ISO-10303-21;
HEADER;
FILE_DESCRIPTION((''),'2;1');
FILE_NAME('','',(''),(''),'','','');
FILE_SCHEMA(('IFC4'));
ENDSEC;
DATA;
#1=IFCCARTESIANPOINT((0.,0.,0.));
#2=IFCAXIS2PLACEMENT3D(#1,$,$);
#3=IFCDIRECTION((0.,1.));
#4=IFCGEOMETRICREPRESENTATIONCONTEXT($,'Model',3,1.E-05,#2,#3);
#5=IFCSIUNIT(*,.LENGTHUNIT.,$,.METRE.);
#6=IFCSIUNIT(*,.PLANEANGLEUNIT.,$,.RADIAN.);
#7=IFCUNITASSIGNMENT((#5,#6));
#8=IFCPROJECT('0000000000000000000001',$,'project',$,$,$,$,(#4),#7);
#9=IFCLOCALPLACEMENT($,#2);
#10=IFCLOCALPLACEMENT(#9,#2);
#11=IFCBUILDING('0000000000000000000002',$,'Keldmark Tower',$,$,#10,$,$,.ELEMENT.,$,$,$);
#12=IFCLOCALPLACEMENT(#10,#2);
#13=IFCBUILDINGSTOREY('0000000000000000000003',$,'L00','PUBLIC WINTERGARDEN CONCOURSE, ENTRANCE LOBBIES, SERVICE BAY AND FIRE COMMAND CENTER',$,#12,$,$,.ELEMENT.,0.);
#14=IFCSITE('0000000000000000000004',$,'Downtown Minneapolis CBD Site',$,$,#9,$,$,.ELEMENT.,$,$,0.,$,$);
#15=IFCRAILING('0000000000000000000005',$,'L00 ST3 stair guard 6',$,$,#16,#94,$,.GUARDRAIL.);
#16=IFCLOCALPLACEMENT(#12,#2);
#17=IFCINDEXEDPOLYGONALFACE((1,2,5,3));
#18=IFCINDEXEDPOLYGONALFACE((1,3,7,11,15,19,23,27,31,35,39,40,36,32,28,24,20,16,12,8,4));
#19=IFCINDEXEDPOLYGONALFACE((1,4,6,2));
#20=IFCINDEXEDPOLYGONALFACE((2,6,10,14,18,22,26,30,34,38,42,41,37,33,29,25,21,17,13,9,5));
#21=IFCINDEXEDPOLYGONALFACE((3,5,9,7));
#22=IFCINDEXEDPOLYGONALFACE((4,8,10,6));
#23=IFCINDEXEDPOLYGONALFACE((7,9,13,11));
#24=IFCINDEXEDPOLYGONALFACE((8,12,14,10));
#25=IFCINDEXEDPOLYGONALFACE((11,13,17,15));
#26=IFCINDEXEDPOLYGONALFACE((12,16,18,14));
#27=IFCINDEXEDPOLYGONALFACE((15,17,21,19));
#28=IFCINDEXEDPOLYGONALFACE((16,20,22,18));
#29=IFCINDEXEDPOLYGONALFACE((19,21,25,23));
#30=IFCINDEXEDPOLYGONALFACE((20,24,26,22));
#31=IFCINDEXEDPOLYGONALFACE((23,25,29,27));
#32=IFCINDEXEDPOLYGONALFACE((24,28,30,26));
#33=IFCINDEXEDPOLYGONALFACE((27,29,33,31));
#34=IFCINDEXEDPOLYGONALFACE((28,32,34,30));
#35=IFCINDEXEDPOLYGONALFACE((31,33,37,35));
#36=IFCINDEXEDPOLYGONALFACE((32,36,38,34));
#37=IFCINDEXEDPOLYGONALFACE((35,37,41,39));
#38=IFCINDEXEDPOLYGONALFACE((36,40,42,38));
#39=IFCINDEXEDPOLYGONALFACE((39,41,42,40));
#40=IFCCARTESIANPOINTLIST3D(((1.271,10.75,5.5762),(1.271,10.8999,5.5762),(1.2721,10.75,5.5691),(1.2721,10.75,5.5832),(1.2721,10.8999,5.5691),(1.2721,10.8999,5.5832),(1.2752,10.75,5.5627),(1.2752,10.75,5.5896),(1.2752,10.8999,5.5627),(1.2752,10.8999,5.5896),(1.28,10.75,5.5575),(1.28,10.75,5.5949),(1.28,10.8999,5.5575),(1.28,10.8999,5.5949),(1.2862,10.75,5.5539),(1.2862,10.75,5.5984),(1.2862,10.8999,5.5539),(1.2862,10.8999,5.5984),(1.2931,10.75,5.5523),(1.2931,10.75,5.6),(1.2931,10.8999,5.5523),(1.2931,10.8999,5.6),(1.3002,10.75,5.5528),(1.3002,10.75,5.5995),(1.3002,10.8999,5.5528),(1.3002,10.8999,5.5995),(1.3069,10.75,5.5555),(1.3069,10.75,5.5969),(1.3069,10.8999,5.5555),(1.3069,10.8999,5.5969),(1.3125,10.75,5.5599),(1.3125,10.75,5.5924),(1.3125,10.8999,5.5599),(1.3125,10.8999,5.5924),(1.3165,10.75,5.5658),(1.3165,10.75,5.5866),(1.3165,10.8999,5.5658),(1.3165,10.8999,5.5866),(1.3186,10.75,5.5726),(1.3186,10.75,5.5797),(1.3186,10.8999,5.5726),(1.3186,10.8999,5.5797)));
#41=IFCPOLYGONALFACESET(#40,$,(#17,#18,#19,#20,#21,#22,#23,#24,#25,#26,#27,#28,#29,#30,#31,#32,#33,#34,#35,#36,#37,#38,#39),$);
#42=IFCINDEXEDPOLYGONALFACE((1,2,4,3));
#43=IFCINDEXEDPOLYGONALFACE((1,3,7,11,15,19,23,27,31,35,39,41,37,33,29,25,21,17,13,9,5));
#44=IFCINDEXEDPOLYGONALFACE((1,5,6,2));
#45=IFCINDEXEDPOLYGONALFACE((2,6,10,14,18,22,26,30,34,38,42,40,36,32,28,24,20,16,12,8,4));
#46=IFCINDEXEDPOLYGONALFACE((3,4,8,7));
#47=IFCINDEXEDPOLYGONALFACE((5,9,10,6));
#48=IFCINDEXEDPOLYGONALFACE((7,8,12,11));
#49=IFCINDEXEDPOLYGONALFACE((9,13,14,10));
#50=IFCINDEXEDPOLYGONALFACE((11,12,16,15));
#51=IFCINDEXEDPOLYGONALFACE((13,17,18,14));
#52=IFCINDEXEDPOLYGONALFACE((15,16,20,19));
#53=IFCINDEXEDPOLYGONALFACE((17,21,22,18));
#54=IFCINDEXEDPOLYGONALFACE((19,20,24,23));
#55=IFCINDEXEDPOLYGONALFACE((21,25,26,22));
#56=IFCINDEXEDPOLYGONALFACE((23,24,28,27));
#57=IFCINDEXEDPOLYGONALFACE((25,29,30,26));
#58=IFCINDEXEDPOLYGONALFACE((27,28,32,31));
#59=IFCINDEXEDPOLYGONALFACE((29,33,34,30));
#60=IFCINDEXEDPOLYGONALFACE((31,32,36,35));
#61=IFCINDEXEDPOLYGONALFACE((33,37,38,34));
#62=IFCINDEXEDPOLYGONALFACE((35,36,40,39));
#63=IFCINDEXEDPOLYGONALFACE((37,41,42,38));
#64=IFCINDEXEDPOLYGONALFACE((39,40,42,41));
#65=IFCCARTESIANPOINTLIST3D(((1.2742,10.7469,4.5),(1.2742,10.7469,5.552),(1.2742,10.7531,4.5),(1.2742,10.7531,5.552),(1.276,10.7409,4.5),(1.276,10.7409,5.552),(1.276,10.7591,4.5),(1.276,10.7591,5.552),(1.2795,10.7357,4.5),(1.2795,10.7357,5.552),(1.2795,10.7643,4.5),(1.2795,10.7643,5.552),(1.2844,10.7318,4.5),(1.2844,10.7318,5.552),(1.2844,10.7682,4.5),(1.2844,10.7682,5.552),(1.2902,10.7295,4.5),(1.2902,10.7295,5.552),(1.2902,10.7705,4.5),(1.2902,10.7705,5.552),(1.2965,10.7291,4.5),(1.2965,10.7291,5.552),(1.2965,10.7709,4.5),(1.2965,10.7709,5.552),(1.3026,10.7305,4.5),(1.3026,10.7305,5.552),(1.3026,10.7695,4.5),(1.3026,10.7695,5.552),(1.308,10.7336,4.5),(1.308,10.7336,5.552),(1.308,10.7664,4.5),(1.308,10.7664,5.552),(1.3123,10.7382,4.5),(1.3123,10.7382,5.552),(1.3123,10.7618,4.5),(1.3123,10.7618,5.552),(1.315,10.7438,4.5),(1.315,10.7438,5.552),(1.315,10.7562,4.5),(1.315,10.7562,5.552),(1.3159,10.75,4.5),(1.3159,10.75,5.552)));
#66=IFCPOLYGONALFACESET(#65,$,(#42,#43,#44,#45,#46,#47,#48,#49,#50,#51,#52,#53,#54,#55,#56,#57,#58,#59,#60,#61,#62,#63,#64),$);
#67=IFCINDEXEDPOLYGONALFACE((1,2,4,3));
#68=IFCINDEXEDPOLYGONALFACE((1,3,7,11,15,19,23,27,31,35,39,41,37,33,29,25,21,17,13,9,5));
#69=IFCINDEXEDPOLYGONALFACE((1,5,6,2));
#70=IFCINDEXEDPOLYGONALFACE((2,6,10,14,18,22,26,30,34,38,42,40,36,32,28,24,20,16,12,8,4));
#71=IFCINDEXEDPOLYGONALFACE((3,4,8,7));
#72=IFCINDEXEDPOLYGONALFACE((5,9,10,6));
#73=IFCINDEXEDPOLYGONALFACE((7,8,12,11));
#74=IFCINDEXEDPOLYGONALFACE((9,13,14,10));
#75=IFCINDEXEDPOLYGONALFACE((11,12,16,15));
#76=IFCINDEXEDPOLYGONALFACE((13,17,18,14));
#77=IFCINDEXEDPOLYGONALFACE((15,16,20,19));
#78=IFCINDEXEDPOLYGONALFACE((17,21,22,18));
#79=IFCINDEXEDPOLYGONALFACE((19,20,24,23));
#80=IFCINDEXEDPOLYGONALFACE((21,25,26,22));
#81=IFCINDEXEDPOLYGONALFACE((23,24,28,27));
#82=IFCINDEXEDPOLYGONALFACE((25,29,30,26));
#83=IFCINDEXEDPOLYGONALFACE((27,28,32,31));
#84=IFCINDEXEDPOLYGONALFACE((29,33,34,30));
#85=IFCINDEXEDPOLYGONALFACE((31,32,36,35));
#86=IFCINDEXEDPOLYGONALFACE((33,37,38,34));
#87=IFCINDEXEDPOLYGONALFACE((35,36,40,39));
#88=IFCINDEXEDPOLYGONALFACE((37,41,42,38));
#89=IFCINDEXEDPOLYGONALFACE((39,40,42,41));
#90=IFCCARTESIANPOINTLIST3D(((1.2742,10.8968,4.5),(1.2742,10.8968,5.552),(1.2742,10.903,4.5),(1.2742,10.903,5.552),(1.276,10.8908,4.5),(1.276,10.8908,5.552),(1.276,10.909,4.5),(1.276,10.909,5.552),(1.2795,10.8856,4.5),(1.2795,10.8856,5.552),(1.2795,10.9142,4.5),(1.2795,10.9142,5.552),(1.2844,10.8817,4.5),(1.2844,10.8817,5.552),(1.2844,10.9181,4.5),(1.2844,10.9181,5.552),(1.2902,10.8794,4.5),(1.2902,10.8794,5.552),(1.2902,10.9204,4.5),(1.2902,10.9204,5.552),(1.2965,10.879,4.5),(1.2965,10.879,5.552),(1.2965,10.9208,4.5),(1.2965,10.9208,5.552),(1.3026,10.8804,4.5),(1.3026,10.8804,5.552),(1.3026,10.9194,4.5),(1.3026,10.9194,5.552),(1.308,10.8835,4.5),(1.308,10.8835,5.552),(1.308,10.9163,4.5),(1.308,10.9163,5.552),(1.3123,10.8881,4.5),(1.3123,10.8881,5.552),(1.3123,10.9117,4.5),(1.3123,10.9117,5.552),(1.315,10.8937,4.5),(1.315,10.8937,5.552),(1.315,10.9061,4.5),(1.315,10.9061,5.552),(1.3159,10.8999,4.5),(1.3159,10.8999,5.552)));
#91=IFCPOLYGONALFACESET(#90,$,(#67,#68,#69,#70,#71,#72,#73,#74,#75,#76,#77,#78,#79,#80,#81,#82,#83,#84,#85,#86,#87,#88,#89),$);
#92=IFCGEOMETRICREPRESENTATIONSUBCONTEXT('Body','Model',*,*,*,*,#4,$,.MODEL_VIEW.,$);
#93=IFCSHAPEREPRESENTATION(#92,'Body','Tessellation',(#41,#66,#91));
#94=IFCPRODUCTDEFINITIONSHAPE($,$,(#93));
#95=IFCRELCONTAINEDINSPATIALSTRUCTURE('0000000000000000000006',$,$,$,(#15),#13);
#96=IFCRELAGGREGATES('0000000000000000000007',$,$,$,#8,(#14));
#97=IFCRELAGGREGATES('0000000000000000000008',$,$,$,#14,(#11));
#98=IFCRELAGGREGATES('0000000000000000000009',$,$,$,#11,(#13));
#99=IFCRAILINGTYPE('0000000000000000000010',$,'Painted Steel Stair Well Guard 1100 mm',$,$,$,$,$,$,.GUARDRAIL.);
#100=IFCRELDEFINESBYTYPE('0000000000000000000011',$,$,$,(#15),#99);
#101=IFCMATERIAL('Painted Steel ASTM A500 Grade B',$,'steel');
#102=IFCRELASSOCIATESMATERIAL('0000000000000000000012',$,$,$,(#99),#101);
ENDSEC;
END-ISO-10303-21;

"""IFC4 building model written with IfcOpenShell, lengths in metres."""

from ifc_helpers import new_model, si_unit, direction, frame, origin, origin_2d, place, context, subcontext, project, spatial, circle, extrude, material, type_object, element, save


model = new_model("IFC4")

# Units and contexts
model_context = context("Model", 3, precision=1e-05, world=origin(), true_north=direction((0.0, 1.0)))
body_context = subcontext(model_context, "Body", "Model", "MODEL_VIEW")
ifc_project = project(units=[si_unit("LENGTHUNIT", "METRE"), si_unit("PLANEANGLEUNIT", "RADIAN")], contexts=[model_context])

# Site, building, storey
site_placement = place(None, origin())
site = spatial("IfcSite", under=ifc_project, at=site_placement, Name="Downtown Minneapolis CBD Site", CompositionType="ELEMENT", RefElevation=0.0)
building_placement = place(site_placement, origin())
building = spatial("IfcBuilding", under=site, at=building_placement, Name="Keldmark Tower", CompositionType="ELEMENT")
storey_placement = place(building_placement, origin())
storey = spatial("IfcBuildingStorey", under=building, at=storey_placement, Name="L00", Description="PUBLIC WINTERGARDEN CONCOURSE, ENTRANCE LOBBIES, SERVICE BAY AND FIRE COMMAND CENTER", CompositionType="ELEMENT", Elevation=0.0)

# Railing
ifc_material_1 = material(Name="Painted Steel ASTM A500 Grade B", Category="steel")
railing_type = type_object("IfcRailingType", Name="Painted Steel Stair Well Guard 1100 mm", PredefinedType="GUARDRAIL", material=ifc_material_1)
railing_1_placement = place(storey_placement, frame((1.2949, 10.75, 4.5)))
element("IfcRailing", 1, at=railing_1_placement, inside=storey, type_object=railing_type, Name="L00 ST3 stair guard 6", PredefinedType="GUARDRAIL", context=body_context, shape_type="SweptSolid", body=[
    extrude(circle(Radius=0.0239, at=origin_2d()), frame((0.0, 0.0, 1.0762), z_axis=(0.0, 1.0, 0.0), x_axis=(-1.0, 0.0, 0.0)), (0.0, 0.0, 1.0), 0.1499),
    extrude(circle(Radius=0.021, at=origin_2d()), origin(), (0.0, 0.0, 1.0), 1.052),
    extrude(circle(Radius=0.021, at=origin_2d()), frame((0.0, 0.1499, 0.0)), (0.0, 0.0, 1.0), 1.052),
])

save(model, "model.ifc")
